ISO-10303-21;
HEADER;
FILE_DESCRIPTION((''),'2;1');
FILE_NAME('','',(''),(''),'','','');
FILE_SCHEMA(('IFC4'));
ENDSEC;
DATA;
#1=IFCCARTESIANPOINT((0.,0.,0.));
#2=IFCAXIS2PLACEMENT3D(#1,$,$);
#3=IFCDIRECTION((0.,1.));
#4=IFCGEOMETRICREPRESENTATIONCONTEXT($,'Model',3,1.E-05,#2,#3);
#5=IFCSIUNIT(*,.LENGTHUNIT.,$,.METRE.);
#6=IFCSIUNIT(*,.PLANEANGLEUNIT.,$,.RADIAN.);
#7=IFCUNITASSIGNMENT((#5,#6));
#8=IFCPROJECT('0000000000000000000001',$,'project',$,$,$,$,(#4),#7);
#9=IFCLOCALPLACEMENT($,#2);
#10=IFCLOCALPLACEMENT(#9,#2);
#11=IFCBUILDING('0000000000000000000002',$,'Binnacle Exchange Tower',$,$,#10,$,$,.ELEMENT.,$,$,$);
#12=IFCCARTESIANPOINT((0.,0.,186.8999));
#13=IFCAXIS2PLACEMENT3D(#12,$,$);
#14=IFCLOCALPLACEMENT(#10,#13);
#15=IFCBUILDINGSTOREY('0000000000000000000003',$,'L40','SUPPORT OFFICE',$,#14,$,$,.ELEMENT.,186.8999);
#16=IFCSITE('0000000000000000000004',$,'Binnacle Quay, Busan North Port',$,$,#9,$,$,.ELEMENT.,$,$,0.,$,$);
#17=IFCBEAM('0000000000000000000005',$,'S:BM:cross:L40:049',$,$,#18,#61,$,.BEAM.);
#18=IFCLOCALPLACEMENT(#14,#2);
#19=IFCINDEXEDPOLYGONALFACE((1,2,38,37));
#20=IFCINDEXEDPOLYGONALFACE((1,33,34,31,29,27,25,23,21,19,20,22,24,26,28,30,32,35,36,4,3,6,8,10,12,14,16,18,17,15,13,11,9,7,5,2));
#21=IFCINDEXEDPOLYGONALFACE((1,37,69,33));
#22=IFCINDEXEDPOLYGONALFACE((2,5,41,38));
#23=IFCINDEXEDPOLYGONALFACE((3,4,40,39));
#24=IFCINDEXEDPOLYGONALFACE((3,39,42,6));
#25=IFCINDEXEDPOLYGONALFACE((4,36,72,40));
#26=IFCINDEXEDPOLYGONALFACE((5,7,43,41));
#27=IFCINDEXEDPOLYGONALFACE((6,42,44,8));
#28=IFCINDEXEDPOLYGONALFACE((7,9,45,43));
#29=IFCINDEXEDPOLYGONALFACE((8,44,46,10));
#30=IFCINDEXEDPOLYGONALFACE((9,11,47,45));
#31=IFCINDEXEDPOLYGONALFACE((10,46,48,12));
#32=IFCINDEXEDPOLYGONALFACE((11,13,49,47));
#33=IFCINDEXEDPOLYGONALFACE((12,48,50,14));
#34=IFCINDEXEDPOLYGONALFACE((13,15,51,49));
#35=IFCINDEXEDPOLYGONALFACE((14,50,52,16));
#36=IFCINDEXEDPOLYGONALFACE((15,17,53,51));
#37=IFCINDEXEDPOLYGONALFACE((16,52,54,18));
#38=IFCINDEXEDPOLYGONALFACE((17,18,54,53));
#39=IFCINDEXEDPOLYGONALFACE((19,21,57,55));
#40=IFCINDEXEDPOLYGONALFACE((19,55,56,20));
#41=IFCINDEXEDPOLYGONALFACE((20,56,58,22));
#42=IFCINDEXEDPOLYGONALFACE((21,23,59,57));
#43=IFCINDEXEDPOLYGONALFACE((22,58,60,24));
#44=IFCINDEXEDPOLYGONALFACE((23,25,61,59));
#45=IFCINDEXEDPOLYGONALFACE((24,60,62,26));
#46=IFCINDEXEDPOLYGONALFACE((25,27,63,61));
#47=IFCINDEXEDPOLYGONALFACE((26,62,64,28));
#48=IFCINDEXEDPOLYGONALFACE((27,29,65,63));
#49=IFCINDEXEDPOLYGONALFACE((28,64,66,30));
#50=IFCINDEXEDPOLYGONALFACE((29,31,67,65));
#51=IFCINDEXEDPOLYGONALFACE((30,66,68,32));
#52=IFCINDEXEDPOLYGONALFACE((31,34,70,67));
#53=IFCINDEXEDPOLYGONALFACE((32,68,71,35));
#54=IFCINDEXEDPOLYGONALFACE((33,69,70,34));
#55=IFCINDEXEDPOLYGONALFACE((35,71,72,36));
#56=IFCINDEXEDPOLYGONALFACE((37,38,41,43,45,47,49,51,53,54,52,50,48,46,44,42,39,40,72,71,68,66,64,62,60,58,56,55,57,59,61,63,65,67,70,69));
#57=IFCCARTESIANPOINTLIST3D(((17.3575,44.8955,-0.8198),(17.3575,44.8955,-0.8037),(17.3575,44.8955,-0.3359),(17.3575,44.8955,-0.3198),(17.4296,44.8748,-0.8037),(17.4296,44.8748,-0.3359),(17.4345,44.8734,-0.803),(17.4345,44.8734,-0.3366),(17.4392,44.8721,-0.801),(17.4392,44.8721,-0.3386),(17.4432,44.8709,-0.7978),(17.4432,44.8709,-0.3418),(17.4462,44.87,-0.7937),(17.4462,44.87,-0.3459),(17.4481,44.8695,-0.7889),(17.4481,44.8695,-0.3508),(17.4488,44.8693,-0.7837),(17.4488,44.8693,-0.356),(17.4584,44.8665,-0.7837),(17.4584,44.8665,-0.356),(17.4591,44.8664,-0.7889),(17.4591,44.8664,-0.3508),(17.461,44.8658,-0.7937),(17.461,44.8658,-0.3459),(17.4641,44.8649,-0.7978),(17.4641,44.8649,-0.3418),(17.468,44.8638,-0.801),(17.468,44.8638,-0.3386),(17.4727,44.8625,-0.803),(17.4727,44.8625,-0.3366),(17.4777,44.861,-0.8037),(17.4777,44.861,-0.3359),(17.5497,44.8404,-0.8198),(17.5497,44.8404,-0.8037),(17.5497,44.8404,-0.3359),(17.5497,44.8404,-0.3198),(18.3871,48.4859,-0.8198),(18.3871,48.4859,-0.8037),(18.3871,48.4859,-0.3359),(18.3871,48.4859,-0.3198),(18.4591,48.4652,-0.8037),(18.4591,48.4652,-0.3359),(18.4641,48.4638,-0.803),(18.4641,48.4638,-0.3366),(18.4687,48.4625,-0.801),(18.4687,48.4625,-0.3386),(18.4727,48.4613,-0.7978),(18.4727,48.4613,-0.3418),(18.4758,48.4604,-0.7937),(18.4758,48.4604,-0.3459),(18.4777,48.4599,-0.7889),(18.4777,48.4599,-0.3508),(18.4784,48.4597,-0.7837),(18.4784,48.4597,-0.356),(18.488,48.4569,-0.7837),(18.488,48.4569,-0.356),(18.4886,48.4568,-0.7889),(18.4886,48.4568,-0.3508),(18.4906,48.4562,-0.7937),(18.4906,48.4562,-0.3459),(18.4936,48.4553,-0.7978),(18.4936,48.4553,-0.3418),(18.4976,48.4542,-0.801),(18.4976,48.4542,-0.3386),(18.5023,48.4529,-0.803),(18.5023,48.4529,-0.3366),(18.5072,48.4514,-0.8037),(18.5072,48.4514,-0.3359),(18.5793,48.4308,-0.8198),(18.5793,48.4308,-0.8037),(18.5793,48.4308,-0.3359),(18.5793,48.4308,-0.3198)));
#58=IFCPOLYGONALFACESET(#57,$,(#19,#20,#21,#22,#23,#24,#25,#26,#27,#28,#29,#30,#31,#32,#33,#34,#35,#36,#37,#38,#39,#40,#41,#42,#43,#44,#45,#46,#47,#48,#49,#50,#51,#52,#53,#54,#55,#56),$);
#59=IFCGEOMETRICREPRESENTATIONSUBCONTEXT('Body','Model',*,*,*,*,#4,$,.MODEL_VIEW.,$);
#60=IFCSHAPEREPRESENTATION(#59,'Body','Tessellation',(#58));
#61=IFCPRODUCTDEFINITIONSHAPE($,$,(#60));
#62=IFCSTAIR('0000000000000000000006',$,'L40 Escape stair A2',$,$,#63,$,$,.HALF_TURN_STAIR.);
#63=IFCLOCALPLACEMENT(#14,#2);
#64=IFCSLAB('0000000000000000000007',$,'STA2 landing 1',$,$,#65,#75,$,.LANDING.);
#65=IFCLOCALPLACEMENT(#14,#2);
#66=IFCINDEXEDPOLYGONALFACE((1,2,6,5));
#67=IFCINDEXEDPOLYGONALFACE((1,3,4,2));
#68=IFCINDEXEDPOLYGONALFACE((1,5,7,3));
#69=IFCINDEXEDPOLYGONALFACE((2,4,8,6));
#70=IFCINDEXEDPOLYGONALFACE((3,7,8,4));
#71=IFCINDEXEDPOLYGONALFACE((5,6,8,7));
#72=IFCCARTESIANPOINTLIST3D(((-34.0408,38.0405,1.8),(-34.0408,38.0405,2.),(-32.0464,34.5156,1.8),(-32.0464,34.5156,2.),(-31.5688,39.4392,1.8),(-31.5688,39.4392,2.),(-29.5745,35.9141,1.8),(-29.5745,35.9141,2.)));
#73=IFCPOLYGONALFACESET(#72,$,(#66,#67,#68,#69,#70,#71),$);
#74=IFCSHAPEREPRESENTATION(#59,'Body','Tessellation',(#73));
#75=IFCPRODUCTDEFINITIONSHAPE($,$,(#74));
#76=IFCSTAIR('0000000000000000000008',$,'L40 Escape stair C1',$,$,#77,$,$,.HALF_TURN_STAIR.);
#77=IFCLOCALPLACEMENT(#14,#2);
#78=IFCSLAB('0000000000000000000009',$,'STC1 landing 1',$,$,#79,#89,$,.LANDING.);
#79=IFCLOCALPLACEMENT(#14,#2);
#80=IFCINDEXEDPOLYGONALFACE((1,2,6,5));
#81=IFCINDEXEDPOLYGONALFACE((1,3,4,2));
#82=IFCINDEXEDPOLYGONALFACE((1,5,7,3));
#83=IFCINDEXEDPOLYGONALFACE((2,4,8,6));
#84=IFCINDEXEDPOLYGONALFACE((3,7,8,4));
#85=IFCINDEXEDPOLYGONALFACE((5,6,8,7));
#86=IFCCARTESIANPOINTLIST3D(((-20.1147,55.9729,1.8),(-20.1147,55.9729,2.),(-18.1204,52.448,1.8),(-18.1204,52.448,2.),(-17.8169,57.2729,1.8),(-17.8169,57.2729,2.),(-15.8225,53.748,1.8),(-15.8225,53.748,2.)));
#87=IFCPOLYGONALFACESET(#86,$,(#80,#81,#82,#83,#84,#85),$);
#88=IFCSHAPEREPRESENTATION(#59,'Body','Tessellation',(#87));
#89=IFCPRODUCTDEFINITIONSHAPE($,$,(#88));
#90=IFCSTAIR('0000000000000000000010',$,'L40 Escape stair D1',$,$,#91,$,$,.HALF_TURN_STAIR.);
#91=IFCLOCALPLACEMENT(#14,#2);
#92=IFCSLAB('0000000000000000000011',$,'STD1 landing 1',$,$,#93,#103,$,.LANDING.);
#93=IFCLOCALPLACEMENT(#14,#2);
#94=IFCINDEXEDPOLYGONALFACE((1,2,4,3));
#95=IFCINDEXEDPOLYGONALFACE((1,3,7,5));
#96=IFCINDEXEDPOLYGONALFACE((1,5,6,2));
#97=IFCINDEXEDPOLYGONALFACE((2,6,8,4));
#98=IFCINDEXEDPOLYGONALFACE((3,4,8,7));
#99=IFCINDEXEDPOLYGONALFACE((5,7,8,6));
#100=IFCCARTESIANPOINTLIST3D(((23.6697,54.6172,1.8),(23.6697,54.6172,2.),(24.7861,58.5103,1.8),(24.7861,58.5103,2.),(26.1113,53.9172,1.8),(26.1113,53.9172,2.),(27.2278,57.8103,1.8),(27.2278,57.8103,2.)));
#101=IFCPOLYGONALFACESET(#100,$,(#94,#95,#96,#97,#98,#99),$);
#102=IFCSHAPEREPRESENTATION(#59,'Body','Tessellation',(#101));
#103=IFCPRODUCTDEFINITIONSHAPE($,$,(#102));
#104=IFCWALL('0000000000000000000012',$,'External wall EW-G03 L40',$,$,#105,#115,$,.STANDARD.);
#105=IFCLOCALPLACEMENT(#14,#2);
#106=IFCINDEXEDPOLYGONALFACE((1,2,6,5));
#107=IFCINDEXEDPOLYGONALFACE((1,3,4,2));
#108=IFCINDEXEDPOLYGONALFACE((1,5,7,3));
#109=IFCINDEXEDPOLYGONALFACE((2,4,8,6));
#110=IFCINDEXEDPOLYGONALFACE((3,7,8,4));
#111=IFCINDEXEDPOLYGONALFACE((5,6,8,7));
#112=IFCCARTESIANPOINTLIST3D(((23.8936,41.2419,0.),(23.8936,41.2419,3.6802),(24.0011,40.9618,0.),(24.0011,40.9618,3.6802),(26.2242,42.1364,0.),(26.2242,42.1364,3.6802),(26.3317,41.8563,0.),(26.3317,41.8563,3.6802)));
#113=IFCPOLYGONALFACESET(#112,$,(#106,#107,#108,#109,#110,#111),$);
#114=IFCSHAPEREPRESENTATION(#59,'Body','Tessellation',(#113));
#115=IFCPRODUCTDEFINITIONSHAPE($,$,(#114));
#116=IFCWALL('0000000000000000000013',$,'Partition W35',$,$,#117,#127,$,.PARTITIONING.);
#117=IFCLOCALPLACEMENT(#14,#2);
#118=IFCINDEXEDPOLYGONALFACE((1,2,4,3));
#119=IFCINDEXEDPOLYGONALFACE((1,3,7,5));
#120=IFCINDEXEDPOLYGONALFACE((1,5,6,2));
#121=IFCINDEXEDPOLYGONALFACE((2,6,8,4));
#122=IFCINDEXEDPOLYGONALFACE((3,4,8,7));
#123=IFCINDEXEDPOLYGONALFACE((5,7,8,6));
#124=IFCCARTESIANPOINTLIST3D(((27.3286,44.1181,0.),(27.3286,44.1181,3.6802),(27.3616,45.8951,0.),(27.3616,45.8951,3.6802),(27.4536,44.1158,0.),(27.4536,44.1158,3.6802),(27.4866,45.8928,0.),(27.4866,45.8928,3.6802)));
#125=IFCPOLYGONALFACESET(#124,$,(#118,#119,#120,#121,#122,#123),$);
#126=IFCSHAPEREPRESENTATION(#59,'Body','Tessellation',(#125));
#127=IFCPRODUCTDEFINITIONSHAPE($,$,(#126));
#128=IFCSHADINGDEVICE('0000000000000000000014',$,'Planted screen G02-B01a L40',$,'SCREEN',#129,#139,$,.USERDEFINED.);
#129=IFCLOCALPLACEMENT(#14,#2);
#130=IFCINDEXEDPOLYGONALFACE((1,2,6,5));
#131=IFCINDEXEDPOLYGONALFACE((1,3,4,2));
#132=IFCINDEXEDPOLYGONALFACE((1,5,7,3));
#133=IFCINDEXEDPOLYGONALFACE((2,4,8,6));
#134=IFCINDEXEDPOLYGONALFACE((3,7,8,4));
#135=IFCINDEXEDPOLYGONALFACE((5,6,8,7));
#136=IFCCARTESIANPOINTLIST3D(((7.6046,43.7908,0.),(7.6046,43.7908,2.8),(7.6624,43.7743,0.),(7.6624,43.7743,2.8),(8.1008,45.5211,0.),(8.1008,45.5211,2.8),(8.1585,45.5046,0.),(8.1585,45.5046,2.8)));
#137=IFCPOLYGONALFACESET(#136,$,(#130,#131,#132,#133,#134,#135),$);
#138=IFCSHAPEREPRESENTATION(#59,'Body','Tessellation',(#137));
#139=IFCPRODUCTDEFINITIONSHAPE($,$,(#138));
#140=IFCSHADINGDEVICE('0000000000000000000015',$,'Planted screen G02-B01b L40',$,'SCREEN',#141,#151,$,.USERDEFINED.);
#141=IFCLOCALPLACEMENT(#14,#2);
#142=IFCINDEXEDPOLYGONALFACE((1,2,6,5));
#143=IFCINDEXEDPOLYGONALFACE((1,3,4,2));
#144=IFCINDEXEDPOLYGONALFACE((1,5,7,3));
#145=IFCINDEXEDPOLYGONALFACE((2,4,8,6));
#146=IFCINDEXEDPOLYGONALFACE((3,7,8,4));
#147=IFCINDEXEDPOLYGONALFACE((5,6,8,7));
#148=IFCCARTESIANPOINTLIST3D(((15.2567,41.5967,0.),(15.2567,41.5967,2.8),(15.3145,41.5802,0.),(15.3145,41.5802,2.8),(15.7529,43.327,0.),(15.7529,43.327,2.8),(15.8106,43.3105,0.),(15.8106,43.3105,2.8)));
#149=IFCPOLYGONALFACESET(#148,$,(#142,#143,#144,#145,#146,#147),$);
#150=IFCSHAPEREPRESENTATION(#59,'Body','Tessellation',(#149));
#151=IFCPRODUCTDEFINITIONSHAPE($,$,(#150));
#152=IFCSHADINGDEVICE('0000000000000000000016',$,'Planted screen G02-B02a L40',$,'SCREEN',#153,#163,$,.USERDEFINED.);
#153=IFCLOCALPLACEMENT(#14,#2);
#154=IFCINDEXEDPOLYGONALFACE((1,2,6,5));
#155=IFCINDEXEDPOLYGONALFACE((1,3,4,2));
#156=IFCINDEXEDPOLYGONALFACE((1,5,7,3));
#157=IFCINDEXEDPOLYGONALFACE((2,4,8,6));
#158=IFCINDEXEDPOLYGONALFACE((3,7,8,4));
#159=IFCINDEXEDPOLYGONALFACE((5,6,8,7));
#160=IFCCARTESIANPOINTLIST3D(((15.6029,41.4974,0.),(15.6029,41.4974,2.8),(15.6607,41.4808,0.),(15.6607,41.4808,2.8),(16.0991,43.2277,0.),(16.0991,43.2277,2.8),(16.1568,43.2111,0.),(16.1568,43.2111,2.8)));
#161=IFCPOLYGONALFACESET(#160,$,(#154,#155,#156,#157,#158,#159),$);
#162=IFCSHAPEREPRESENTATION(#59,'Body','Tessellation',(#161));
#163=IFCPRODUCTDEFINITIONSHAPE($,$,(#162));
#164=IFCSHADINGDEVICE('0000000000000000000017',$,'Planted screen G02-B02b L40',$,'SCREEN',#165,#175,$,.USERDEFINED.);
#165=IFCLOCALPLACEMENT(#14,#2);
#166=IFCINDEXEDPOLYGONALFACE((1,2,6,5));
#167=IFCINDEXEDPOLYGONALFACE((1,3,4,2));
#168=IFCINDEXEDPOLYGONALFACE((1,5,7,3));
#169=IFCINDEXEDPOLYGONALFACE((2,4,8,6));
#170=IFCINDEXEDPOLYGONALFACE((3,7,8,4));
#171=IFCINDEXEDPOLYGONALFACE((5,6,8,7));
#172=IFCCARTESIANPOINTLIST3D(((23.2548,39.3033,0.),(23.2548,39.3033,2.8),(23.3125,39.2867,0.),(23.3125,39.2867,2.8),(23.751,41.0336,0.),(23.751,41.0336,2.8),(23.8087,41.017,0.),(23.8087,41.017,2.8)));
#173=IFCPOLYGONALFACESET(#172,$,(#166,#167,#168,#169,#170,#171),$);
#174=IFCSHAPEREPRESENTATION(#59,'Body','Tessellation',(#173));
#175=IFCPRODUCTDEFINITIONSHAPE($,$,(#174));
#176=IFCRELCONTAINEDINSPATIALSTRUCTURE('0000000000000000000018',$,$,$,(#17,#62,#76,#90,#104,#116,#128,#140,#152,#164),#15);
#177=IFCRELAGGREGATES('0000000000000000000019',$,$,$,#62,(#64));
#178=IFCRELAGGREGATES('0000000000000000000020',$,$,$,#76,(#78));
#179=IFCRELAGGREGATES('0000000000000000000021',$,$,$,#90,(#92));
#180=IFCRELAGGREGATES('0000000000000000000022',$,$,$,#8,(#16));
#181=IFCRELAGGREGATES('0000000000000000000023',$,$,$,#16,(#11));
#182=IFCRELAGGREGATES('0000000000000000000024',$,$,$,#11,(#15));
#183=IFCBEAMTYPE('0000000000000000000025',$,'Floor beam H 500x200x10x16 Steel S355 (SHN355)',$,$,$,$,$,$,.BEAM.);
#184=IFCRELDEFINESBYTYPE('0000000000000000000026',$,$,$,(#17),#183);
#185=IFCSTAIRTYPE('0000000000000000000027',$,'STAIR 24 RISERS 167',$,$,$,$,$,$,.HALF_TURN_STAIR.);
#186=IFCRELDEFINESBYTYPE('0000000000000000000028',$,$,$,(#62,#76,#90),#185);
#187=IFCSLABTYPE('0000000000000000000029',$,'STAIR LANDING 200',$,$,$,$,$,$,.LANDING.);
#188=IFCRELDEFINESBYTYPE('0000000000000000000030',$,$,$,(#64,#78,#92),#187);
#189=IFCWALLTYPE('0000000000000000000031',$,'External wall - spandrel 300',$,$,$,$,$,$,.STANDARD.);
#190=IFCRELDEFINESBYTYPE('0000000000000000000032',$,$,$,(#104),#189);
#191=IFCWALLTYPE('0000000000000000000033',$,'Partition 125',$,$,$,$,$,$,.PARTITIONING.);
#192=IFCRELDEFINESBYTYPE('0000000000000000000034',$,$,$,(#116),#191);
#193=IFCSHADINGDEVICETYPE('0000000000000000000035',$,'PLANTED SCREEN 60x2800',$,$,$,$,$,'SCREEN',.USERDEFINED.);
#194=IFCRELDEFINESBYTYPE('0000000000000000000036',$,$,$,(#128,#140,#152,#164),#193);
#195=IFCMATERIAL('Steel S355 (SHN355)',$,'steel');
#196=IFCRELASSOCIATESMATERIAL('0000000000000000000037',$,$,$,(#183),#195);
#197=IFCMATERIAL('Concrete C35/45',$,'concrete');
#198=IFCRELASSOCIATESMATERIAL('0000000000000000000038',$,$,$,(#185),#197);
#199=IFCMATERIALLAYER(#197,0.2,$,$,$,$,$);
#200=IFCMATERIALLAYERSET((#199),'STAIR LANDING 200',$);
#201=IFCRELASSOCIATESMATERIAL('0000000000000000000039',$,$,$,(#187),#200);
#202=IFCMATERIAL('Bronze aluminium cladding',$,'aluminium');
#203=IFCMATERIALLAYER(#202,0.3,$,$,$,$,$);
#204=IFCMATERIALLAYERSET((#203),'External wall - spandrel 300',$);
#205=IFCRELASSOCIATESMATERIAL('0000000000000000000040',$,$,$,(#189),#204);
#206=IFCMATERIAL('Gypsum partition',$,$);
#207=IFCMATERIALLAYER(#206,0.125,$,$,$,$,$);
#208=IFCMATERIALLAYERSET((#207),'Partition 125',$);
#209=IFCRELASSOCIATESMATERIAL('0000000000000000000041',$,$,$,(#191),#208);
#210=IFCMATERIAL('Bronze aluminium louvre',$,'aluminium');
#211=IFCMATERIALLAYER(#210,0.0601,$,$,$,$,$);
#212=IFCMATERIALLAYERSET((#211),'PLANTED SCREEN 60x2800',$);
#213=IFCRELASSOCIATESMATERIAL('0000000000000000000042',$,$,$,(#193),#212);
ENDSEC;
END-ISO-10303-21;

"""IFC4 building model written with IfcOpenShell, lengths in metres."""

from ifc_helpers import new_model, si_unit, direction, frame, frame_2d, origin, origin_2d, place, context, subcontext, project, spatial, polyline, rectangle, i_section, outline, extrude, material, layer, layer_set, material_profile, profile_set, type_object, element, aggregate, save


model = new_model("IFC4")

# Units and contexts
model_context = context("Model", 3, precision=1e-05, world=origin(), true_north=direction((0.0, 1.0)))
body_context = subcontext(model_context, "Body", "Model", "MODEL_VIEW")
ifc_project = project(units=[si_unit("LENGTHUNIT", "METRE"), si_unit("PLANEANGLEUNIT", "RADIAN")], contexts=[model_context])

# Site, building, storey
site_placement = place(None, origin())
site = spatial("IfcSite", under=ifc_project, at=site_placement, Name="Binnacle Quay, Busan North Port", CompositionType="ELEMENT", RefElevation=0.0)
building_placement = place(site_placement, origin())
building = spatial("IfcBuilding", under=site, at=building_placement, Name="Binnacle Exchange Tower", CompositionType="ELEMENT")
storey_placement = place(building_placement, frame((0.0, 0.0, 186.8999)))
storey = spatial("IfcBuildingStorey", under=building, at=storey_placement, Name="L40", Description="SUPPORT OFFICE", CompositionType="ELEMENT", Elevation=186.8999)

# Beam
ifc_material_1 = material(Name="Steel S355 (SHN355)", Category="steel")
ifc_material_profile_1 = material_profile(ifc_material_1, i_section(OverallWidth=0.2, OverallDepth=0.5, WebThickness=0.01, FlangeThickness=0.0161, FilletRadius=0.02, at=origin_2d()), Name="H 500x200x10x16")
ifc_profile_set_1 = profile_set([ifc_material_profile_1], Name="Steel S355 (SHN355)")
beam_type_1 = type_object("IfcBeamType", Name="Floor beam H 500x200x10x16 Steel S355 (SHN355)", PredefinedType="BEAM", material=ifc_profile_set_1)
beam_1_placement = place(storey_placement, frame((17.4536, 44.8679, -0.5698), z_axis=(0.275645, 0.96126, 0.0), x_axis=(-0.96126, 0.275645, 0.0)))
element("IfcBeam", 1, at=beam_1_placement, inside=storey, type_object=beam_type_1, Name="S:BM:cross:L40:049", PredefinedType="BEAM", context=body_context, shape_type="SweptSolid", body=[
    extrude(i_section(OverallWidth=0.2, OverallDepth=0.5, WebThickness=0.01, FlangeThickness=0.0161, FilletRadius=0.02, at=origin_2d()), origin(), (0.0, 0.0, 1.0), 3.7351),
])

# Stairs, slabs
ifc_material_2 = material(Name="Concrete C35/45", Category="concrete")
stair_type = type_object("IfcStairType", Name="STAIR 24 RISERS 167", PredefinedType="HALF_TURN_STAIR", material=ifc_material_2)
stair_1_placement = place(storey_placement, origin())
stair_1 = element("IfcStair", 2, at=stair_1_placement, inside=storey, type_object=stair_type, Name="L40 Escape stair A2", PredefinedType="HALF_TURN_STAIR")
ifc_layer_1 = layer(ifc_material_2, 0.2)
ifc_layer_set_1 = layer_set([ifc_layer_1], Name="STAIR LANDING 200")
slab_type = type_object("IfcSlabType", Name="STAIR LANDING 200", PredefinedType="LANDING", material=ifc_layer_set_1)
slab_1_placement = place(storey_placement, frame((0.0, 0.0, 1.8)))
slab_1 = element("IfcSlab", 3, at=slab_1_placement, type_object=slab_type, Name="STA2 landing 1", PredefinedType="LANDING", context=body_context, shape_type="SweptSolid", body=[
    extrude(outline(polyline([(-31.5688, 39.4392), (-34.0408, 38.0405), (-32.0464, 34.5156), (-29.5745, 35.9141), (-31.5688, 39.4392)])), origin(), (0.0, 0.0, 1.0), 0.2),
])
aggregate(stair_1, [slab_1])
stair_2_placement = place(storey_placement, origin())
stair_2 = element("IfcStair", 4, at=stair_2_placement, inside=storey, type_object=stair_type, Name="L40 Escape stair C1", PredefinedType="HALF_TURN_STAIR")
slab_2_placement = place(storey_placement, frame((0.0, 0.0, 1.8)))
slab_2 = element("IfcSlab", 5, at=slab_2_placement, type_object=slab_type, Name="STC1 landing 1", PredefinedType="LANDING", context=body_context, shape_type="SweptSolid", body=[
    extrude(outline(polyline([(-18.1204, 52.448), (-15.8225, 53.748), (-17.8169, 57.2729), (-20.1147, 55.9729), (-18.1204, 52.448)])), origin(), (0.0, 0.0, 1.0), 0.2),
])
aggregate(stair_2, [slab_2])
stair_3_placement = place(storey_placement, origin())
stair_3 = element("IfcStair", 6, at=stair_3_placement, inside=storey, type_object=stair_type, Name="L40 Escape stair D1", PredefinedType="HALF_TURN_STAIR")
slab_3_placement = place(storey_placement, frame((0.0, 0.0, 1.8)))
slab_3 = element("IfcSlab", 7, at=slab_3_placement, type_object=slab_type, Name="STD1 landing 1", PredefinedType="LANDING", context=body_context, shape_type="SweptSolid", body=[
    extrude(outline(polyline([(23.6697, 54.6172), (26.1113, 53.9172), (27.2278, 57.8103), (24.7861, 58.5103), (23.6697, 54.6172)])), origin(), (0.0, 0.0, 1.0), 0.2),
])
aggregate(stair_3, [slab_3])

# Shared definitions
ifc_material_3 = material(Name="Bronze aluminium cladding", Category="aluminium")
ifc_layer_2 = layer(ifc_material_3, 0.3)
ifc_layer_set_2 = layer_set([ifc_layer_2], Name="External wall - spandrel 300")
wall_type_1 = type_object("IfcWallType", Name="External wall - spandrel 300", PredefinedType="STANDARD", material=ifc_layer_set_2)

# Walls
wall_1_placement = place(storey_placement, frame((26.2778, 41.9963, 0.0), z_axis=(0.0, 0.0, 1.0), x_axis=(-0.933592, -0.358337, 0.0)))
element("IfcWall", 8, at=wall_1_placement, inside=storey, type_object=wall_type_1, Name="External wall EW-G03 L40", PredefinedType="STANDARD", context=body_context, shape_type="SweptSolid", body=[
    extrude(rectangle(XDim=2.4963, YDim=0.3, at=frame_2d((1.248, 0.0))), origin(), (0.0, 0.0, 1.0), 3.6802),
])
ifc_material_4 = material(Name="Gypsum partition")
ifc_layer_3 = layer(ifc_material_4, 0.125)
ifc_layer_set_3 = layer_set([ifc_layer_3], Name="Partition 125")
wall_type_2 = type_object("IfcWallType", Name="Partition 125", PredefinedType="PARTITIONING", material=ifc_layer_set_3)
wall_2_placement = place(storey_placement, frame((27.3911, 44.1169, 0.0), z_axis=(0.0, 0.0, 1.0), x_axis=(0.018543, 0.999828, 0.0)))
element("IfcWall", 9, at=wall_2_placement, inside=storey, type_object=wall_type_2, Name="Partition W35", PredefinedType="PARTITIONING", context=body_context, shape_type="SweptSolid", body=[
    extrude(rectangle(XDim=1.7773, YDim=0.125, at=frame_2d((0.8887, 0.0))), origin(), (0.0, 0.0, 1.0), 3.6802),
])

# Shading devices
ifc_material_5 = material(Name="Bronze aluminium louvre", Category="aluminium")
ifc_layer_4 = layer(ifc_material_5, 0.0601)
ifc_layer_set_4 = layer_set([ifc_layer_4], Name="PLANTED SCREEN 60x2800")
shading_device_type = type_object("IfcShadingDeviceType", Name="PLANTED SCREEN 60x2800", ElementType="SCREEN", PredefinedType="USERDEFINED", material=ifc_layer_set_4)
for number, where, z_axis, x_axis, name in (
    (10, (7.8816, 44.6477, 0.0), (0.0, 0.0, 1.0), (0.961262, -0.275637, 0.0), "Planted screen G02-B01a L40"),
    (11, (15.5337, 42.4536, 0.0), (0.0, 0.0, 1.0), (0.961262, -0.275637, 0.0), "Planted screen G02-B01b L40"),
    (12, (15.8799, 42.3542, 0.0), (0.0, 0.0, 1.0), (0.961262, -0.275637, 0.0), "Planted screen G02-B02a L40"),
    (13, (23.5317, 40.1602, 0.0), (0.0, 0.0, 1.0), (0.961262, -0.275637, 0.0), "Planted screen G02-B02b L40"),
):
    element("IfcShadingDevice", number, at=place(storey_placement, frame(where, z_axis=z_axis, x_axis=x_axis)), inside=storey, type_object=shading_device_type, Name=name, ObjectType="SCREEN", PredefinedType="USERDEFINED", context=body_context, shape_type="SweptSolid", body=[
        extrude(rectangle(XDim=0.0601, YDim=1.8, at=origin_2d()), origin(), (0.0, 0.0, 1.0), 2.8),
    ])

save(model, "model.ifc")
